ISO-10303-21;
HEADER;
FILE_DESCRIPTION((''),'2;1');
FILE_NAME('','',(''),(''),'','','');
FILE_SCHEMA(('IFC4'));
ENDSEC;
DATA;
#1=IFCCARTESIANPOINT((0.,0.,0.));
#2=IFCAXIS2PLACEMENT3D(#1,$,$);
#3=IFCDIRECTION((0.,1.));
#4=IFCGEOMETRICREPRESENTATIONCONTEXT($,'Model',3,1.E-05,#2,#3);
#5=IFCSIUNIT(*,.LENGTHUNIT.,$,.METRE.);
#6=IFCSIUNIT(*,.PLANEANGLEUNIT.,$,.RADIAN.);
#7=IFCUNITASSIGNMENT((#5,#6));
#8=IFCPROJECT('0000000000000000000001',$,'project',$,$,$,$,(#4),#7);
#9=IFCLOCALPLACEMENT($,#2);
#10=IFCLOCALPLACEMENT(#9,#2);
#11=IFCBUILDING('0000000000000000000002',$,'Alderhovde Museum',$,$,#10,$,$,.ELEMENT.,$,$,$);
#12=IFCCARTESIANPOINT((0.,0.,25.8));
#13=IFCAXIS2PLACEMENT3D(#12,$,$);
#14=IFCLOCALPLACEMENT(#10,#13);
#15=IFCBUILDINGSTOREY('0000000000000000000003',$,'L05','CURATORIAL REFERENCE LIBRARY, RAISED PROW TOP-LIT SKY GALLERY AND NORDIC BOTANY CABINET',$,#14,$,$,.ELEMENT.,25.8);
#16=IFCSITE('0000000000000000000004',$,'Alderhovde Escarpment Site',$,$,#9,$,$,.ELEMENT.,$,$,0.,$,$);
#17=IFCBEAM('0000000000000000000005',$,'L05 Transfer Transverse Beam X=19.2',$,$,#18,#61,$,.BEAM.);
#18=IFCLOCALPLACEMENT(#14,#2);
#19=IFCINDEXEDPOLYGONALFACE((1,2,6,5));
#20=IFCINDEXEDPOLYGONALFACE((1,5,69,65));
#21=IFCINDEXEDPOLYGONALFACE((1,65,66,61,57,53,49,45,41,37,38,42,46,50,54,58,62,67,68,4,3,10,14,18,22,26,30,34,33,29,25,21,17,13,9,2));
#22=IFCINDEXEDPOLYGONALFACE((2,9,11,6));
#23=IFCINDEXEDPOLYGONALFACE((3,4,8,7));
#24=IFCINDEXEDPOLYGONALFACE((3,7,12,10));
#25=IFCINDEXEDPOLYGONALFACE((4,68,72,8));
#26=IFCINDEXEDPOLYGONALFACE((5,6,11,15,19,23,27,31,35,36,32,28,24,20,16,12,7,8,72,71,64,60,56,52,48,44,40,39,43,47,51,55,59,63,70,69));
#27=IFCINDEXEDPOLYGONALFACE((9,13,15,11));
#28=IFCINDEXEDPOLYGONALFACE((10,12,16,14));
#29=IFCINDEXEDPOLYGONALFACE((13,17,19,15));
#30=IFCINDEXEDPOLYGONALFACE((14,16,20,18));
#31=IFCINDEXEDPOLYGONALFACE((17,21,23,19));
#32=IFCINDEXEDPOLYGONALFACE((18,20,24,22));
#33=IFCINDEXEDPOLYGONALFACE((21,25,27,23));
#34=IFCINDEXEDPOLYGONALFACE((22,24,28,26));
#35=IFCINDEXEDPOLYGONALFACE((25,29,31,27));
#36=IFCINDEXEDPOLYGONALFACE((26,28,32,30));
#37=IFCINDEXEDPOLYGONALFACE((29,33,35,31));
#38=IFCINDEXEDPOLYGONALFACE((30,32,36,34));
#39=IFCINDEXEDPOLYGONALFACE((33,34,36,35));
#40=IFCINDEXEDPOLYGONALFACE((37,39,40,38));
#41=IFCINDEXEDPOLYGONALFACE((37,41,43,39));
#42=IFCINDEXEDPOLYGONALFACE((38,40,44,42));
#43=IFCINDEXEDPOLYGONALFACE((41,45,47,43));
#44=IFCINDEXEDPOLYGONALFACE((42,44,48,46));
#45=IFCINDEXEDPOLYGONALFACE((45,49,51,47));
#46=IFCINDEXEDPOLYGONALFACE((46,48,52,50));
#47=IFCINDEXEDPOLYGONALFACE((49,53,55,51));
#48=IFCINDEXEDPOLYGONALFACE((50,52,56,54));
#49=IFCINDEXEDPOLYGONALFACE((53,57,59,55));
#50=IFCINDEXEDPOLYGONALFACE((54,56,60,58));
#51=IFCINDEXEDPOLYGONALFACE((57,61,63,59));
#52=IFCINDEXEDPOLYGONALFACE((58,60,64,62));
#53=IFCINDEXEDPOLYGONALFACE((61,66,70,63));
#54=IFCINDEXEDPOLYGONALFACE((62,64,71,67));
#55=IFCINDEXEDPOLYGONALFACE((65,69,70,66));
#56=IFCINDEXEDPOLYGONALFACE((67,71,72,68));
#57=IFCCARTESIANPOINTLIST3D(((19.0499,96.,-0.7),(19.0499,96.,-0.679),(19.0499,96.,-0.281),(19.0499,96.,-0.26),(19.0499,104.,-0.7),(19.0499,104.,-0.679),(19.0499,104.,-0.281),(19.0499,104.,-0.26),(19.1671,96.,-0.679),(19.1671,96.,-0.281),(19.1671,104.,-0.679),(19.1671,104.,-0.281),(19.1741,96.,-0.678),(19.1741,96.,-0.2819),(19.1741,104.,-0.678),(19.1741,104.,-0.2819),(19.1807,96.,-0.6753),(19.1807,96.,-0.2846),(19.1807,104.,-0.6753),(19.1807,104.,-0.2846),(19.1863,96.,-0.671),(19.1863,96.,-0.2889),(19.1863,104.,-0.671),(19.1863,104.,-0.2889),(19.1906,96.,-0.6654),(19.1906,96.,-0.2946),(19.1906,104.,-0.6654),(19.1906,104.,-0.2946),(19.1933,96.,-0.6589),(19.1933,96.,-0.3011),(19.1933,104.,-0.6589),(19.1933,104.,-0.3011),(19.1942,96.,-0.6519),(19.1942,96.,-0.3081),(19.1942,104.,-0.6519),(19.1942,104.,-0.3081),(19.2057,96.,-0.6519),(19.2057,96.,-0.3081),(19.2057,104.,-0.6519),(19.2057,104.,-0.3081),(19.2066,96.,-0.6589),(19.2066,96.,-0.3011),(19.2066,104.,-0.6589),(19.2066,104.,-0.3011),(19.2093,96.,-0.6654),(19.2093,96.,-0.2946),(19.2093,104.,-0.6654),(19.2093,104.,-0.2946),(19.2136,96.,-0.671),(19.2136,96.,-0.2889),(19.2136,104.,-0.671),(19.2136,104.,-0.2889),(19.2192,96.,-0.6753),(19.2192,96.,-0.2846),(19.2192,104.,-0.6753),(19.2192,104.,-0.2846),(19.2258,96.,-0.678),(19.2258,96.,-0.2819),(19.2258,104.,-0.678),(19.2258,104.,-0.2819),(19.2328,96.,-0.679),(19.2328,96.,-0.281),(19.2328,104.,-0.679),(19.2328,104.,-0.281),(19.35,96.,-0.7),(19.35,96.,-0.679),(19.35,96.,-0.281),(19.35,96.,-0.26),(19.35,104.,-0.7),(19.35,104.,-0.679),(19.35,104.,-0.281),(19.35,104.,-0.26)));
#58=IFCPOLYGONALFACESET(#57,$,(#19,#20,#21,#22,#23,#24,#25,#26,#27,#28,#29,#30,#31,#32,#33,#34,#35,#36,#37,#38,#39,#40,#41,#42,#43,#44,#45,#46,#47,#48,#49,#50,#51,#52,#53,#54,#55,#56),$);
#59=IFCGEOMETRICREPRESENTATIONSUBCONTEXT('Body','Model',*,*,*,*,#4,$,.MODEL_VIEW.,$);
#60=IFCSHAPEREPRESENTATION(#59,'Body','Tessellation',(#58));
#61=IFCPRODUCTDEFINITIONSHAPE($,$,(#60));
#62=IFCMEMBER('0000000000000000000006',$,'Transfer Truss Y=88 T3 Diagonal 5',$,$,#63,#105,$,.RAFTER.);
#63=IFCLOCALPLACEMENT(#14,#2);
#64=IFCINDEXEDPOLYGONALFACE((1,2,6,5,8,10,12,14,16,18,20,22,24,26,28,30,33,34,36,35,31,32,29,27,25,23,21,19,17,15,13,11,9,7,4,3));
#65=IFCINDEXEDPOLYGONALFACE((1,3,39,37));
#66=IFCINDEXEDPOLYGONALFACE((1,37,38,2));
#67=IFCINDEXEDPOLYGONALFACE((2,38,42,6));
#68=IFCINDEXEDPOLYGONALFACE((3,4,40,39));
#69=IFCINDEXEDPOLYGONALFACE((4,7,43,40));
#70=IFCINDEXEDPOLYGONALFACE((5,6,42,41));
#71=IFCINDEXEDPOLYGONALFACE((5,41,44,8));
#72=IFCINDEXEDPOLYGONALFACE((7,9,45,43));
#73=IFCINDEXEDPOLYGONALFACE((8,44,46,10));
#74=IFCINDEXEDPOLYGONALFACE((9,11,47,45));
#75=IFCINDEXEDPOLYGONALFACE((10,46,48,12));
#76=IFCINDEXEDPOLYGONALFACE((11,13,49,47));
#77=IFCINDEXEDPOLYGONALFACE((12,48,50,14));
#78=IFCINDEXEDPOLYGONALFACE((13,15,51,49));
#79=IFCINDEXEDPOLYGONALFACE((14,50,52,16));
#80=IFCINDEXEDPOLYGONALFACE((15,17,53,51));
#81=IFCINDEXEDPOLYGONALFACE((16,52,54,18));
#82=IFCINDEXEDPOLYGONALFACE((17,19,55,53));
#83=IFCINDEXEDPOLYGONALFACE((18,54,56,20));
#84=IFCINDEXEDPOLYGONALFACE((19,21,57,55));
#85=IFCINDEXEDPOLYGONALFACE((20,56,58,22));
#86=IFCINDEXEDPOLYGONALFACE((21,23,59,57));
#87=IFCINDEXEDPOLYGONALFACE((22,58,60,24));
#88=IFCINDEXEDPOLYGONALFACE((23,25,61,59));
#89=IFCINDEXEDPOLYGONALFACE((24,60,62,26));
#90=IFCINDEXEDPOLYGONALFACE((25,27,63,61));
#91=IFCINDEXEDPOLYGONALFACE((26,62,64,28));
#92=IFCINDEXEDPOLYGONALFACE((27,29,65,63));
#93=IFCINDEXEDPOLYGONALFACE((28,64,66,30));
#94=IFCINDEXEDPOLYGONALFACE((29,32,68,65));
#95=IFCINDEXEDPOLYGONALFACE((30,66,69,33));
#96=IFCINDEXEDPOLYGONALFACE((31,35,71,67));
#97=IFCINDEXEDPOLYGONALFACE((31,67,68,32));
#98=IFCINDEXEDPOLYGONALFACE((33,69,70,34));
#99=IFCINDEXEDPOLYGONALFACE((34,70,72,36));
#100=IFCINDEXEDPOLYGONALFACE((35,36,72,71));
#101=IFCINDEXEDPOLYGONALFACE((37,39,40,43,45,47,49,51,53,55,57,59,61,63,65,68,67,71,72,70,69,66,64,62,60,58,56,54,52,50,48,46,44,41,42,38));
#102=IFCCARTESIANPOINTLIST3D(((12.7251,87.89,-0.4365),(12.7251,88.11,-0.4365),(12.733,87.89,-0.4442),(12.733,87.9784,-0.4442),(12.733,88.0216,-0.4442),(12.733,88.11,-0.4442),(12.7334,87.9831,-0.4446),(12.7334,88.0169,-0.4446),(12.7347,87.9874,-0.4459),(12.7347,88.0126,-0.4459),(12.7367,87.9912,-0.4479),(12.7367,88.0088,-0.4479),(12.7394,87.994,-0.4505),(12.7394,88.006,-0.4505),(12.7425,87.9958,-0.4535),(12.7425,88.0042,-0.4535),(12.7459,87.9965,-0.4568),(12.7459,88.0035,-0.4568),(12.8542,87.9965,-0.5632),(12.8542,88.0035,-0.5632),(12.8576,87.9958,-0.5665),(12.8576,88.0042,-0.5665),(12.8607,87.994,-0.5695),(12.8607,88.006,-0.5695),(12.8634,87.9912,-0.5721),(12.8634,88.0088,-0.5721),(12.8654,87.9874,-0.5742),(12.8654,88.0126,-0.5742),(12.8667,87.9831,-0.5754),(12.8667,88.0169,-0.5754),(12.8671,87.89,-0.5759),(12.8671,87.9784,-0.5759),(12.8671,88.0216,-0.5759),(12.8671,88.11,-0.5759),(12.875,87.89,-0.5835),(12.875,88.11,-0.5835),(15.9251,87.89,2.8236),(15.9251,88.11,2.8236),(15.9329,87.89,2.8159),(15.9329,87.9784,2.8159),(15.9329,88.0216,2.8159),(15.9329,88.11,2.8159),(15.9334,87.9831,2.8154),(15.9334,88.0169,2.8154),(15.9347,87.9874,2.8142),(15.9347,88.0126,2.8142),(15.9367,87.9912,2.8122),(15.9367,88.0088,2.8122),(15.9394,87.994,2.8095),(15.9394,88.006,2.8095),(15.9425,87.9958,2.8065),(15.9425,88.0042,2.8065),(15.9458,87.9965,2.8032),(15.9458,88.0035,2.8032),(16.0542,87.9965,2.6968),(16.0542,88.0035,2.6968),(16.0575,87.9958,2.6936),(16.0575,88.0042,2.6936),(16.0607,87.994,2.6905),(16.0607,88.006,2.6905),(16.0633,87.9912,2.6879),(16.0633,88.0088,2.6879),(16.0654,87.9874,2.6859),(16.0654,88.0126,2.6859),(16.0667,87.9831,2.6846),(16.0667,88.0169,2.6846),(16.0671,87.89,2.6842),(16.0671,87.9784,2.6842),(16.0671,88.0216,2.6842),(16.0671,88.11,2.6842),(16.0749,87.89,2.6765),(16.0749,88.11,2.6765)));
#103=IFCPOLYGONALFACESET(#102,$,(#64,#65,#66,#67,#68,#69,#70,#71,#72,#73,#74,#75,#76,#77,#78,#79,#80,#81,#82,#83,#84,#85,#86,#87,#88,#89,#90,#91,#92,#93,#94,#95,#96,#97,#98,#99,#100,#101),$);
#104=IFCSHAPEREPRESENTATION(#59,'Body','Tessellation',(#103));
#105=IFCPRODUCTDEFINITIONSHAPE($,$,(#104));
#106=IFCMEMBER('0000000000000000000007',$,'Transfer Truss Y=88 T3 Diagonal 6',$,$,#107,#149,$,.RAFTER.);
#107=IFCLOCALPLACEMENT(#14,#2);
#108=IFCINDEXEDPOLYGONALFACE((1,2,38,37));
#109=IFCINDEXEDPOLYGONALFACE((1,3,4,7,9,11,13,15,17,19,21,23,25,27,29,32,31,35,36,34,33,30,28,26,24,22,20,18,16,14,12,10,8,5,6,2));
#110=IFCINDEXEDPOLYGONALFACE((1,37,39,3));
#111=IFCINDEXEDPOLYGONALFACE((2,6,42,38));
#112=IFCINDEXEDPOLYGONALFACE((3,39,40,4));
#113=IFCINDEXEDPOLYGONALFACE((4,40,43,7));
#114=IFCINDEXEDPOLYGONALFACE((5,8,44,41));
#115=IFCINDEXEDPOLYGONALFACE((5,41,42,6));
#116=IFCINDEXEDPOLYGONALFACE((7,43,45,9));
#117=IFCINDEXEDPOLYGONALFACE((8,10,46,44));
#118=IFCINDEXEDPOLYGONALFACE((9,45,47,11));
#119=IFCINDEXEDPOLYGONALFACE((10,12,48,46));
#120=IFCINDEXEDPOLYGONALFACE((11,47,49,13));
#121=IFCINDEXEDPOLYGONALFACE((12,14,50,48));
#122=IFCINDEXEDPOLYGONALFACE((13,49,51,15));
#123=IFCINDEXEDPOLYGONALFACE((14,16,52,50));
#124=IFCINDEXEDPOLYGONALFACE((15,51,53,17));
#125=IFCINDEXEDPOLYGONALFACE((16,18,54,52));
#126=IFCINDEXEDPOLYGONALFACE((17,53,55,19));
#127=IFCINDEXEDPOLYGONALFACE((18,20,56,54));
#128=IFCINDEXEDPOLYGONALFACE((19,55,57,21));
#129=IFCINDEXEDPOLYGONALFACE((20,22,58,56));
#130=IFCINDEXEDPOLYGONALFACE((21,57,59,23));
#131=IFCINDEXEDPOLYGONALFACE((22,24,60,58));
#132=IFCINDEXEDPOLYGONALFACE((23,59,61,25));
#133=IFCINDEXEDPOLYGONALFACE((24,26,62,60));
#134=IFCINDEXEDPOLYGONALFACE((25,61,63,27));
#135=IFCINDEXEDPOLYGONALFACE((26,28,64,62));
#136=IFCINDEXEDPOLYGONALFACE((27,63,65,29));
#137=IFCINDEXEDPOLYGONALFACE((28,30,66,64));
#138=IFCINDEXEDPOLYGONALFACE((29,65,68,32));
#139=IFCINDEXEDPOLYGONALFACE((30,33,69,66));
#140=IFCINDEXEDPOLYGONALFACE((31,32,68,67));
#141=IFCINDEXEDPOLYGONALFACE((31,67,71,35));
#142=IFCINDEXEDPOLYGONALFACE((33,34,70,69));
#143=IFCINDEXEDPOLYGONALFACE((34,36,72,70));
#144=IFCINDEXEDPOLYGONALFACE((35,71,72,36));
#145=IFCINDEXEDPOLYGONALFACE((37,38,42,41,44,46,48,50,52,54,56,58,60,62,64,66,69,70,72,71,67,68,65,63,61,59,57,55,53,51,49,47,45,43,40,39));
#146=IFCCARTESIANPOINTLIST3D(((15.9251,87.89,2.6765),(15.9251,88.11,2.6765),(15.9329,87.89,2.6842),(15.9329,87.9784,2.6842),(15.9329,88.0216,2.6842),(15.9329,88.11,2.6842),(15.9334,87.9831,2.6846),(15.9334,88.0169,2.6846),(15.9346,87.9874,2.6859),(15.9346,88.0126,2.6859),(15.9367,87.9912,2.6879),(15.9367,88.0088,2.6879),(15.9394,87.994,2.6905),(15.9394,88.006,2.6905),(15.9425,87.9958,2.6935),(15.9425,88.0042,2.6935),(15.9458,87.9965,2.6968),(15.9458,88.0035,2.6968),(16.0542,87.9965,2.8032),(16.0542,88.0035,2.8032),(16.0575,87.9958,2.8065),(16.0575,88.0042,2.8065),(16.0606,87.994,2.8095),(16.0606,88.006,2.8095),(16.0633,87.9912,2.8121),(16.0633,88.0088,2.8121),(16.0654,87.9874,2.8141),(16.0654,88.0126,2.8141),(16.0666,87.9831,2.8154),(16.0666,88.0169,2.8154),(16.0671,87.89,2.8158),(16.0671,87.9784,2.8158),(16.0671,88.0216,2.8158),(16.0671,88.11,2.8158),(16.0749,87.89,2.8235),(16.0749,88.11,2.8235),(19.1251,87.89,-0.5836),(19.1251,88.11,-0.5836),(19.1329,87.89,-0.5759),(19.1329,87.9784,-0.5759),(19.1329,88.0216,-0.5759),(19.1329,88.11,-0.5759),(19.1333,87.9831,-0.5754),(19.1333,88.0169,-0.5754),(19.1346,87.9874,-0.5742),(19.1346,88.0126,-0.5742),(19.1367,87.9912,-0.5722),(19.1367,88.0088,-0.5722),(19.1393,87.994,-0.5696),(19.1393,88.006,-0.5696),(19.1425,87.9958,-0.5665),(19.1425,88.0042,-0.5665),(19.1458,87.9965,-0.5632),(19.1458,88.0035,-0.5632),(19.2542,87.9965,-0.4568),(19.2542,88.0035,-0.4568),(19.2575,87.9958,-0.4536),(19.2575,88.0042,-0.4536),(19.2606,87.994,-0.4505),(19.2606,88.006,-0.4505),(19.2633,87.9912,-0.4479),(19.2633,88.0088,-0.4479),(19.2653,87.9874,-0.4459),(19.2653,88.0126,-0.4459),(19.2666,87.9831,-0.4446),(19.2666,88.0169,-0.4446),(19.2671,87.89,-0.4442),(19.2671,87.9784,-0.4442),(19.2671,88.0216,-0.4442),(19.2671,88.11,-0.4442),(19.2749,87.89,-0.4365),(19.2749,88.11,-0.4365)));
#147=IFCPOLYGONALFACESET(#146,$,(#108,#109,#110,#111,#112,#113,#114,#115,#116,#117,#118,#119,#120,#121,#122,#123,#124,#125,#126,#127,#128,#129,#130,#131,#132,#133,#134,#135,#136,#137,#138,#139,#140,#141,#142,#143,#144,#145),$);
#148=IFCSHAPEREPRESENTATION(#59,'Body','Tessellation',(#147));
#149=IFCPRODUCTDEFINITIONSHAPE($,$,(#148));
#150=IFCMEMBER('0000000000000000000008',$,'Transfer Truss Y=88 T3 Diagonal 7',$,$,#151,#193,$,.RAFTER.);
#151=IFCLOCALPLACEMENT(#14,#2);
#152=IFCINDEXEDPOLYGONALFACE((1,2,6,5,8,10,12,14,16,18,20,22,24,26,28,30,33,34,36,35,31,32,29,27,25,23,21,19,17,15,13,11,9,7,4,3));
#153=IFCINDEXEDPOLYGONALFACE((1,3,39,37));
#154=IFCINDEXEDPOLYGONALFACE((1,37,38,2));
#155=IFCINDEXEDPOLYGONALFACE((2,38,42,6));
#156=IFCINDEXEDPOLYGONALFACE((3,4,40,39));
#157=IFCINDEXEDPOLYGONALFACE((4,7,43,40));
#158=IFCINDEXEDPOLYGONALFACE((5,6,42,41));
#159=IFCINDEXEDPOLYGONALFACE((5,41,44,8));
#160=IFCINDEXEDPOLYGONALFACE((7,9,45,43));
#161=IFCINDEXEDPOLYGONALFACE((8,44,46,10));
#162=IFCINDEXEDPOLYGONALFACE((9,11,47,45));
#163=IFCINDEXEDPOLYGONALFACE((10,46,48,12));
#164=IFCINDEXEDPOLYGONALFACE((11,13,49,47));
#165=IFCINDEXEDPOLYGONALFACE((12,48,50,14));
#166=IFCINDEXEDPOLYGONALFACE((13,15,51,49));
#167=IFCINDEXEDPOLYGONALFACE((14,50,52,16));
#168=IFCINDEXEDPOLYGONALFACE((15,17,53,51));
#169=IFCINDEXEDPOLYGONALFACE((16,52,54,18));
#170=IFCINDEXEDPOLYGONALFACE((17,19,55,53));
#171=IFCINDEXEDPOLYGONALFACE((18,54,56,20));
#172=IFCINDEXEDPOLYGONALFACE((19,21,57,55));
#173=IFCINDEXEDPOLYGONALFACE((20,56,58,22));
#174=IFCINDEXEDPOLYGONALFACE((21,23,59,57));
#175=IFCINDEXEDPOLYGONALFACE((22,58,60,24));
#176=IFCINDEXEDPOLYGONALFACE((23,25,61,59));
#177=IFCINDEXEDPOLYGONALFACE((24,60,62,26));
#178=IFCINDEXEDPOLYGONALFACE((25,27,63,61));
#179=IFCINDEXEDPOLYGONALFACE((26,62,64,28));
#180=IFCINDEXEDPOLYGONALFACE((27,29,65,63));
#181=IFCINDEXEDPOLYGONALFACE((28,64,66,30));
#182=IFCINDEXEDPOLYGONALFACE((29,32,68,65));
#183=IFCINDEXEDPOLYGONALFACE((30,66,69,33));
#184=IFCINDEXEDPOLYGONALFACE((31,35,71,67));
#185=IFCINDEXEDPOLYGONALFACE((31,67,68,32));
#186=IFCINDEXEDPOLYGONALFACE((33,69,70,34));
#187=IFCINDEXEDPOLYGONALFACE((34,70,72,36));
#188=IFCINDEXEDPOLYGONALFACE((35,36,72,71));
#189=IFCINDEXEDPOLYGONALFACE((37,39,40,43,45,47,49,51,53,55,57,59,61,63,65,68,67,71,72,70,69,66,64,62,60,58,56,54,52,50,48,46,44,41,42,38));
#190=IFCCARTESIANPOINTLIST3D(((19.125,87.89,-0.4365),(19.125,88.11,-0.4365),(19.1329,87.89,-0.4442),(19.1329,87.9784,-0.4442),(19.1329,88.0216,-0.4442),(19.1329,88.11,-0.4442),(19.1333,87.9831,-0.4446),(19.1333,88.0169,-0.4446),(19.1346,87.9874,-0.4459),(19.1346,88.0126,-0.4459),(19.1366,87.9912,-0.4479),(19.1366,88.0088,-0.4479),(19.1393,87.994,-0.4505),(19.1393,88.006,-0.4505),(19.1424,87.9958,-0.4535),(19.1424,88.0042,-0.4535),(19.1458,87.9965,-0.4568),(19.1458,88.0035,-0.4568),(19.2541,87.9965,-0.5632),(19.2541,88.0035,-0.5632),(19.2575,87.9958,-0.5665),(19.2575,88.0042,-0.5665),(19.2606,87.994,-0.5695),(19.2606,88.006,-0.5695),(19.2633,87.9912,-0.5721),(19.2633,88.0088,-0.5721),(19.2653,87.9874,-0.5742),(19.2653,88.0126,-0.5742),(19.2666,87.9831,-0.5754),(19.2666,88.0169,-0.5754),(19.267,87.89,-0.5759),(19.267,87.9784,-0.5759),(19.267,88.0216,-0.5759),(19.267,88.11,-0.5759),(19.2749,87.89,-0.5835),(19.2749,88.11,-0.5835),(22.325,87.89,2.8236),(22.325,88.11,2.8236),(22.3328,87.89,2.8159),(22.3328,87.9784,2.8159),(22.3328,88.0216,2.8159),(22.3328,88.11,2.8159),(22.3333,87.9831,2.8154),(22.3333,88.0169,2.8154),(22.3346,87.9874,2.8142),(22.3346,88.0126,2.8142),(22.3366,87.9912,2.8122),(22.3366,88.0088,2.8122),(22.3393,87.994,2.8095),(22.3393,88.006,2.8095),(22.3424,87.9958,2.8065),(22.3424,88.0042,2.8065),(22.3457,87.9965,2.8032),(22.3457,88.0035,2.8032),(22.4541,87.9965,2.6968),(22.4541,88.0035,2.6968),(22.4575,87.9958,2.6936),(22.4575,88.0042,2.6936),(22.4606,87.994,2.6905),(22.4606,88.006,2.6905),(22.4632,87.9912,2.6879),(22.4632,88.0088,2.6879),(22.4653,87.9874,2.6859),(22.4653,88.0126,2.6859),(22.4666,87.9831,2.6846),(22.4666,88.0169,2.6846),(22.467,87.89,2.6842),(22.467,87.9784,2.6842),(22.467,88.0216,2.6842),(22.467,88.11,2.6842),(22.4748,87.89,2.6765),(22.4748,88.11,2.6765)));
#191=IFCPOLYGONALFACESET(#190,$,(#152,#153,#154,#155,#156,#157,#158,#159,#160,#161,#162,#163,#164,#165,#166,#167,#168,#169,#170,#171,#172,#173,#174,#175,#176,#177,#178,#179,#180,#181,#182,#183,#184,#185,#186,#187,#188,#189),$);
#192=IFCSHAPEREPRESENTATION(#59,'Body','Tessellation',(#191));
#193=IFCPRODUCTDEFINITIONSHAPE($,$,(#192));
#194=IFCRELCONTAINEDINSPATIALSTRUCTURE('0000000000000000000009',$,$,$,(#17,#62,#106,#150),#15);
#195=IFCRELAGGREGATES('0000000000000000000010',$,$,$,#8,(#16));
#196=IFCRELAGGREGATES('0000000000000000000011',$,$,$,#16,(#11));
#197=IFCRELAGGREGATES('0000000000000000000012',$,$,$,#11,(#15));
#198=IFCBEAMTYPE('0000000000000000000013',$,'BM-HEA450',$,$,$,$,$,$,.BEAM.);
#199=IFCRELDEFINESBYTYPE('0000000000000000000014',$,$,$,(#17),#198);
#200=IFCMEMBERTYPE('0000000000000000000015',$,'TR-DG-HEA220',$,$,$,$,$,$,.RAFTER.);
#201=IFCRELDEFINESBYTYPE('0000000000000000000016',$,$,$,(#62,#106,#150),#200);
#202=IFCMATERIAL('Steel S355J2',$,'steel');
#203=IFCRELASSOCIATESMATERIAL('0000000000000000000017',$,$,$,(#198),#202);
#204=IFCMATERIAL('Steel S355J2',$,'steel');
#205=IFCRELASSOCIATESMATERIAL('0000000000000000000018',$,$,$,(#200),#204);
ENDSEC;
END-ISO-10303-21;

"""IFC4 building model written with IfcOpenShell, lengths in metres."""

from ifc_helpers import new_model, si_unit, direction, frame, origin, origin_2d, place, context, subcontext, project, spatial, i_section, extrude, material, material_profile, profile_set, type_object, element, save


model = new_model("IFC4")

# Units and contexts
model_context = context("Model", 3, precision=1e-05, world=origin(), true_north=direction((0.0, 1.0)))
body_context = subcontext(model_context, "Body", "Model", "MODEL_VIEW")
ifc_project = project(units=[si_unit("LENGTHUNIT", "METRE"), si_unit("PLANEANGLEUNIT", "RADIAN")], contexts=[model_context])

# Site, building, storey
site_placement = place(None, origin())
site = spatial("IfcSite", under=ifc_project, at=site_placement, Name="Alderhovde Escarpment Site", CompositionType="ELEMENT", RefElevation=0.0)
building_placement = place(site_placement, origin())
building = spatial("IfcBuilding", under=site, at=building_placement, Name="Alderhovde Museum", CompositionType="ELEMENT")
storey_placement = place(building_placement, frame((0.0, 0.0, 25.8)))
storey = spatial("IfcBuildingStorey", under=building, at=storey_placement, Name="L05", Description="CURATORIAL REFERENCE LIBRARY, RAISED PROW TOP-LIT SKY GALLERY AND NORDIC BOTANY CABINET", CompositionType="ELEMENT", Elevation=25.8)

# Beam
ifc_material_1 = material(Name="Steel S355J2", Category="steel")
ifc_material_profile_1 = material_profile(ifc_material_1, i_section(OverallWidth=0.3, OverallDepth=0.4399, WebThickness=0.0115, FlangeThickness=0.021, FilletRadius=0.0271, at=origin_2d()), Name="HEA 450")
ifc_profile_set_1 = profile_set([ifc_material_profile_1], Name="Steel S355J2")
beam_type = type_object("IfcBeamType", Name="BM-HEA450", PredefinedType="BEAM", material=ifc_profile_set_1)
for number, where, z_axis, x_axis, name in (
    (1, (19.2, 96.0, -0.48), (0.0, 1.0, 0.0), (-1.0, 0.0, 0.0), "L05 Transfer Transverse Beam X=19.2"),
):
    element("IfcBeam", number, at=place(storey_placement, frame(where, z_axis=z_axis, x_axis=x_axis)), inside=storey, type_object=beam_type, Name=name, PredefinedType="BEAM", context=body_context, shape_type="SweptSolid", body=[
        extrude(i_section(OverallWidth=0.3, OverallDepth=0.4399, WebThickness=0.0115, FlangeThickness=0.021, FilletRadius=0.0271, at=origin_2d()), origin(), (0.0, 0.0, 1.0), 8.0),
    ])

# Members
ifc_material_2 = material(Name="Steel S355J2", Category="steel")
ifc_material_profile_2 = material_profile(ifc_material_2, i_section(OverallWidth=0.22, OverallDepth=0.21, WebThickness=0.0071, FlangeThickness=0.011, FilletRadius=0.0181, at=origin_2d()), Name="HEA 220")
ifc_profile_set_2 = profile_set([ifc_material_profile_2], Name="Steel S355J2")
member_type_1 = type_object("IfcMemberType", Name="TR-DG-HEA220", PredefinedType="RAFTER", material=ifc_profile_set_2)
for number, where, z_axis, x_axis, name in (
    (2, (12.8, 88.0, -0.51), (0.700502, 0.0, 0.71365), (0.0, 1.0, 0.0), "Transfer Truss Y=88 T3 Diagonal 5"),
    (3, (16.0, 88.0, 2.75), (0.700502, 0.0, -0.71365), (0.0, 1.0, 0.0), "Transfer Truss Y=88 T3 Diagonal 6"),
    (4, (19.2, 88.0, -0.51), (0.700502, 0.0, 0.71365), (0.0, 1.0, 0.0), "Transfer Truss Y=88 T3 Diagonal 7"),
):
    element("IfcMember", number, at=place(storey_placement, frame(where, z_axis=z_axis, x_axis=x_axis)), inside=storey, type_object=member_type_1, Name=name, PredefinedType="RAFTER", context=body_context, shape_type="SweptSolid", body=[
        extrude(i_section(OverallWidth=0.22, OverallDepth=0.21, WebThickness=0.0071, FlangeThickness=0.011, FilletRadius=0.0181, at=origin_2d()), origin(), (0.0, 0.0, 1.0), 4.5681),
    ])

save(model, "model.ifc")
